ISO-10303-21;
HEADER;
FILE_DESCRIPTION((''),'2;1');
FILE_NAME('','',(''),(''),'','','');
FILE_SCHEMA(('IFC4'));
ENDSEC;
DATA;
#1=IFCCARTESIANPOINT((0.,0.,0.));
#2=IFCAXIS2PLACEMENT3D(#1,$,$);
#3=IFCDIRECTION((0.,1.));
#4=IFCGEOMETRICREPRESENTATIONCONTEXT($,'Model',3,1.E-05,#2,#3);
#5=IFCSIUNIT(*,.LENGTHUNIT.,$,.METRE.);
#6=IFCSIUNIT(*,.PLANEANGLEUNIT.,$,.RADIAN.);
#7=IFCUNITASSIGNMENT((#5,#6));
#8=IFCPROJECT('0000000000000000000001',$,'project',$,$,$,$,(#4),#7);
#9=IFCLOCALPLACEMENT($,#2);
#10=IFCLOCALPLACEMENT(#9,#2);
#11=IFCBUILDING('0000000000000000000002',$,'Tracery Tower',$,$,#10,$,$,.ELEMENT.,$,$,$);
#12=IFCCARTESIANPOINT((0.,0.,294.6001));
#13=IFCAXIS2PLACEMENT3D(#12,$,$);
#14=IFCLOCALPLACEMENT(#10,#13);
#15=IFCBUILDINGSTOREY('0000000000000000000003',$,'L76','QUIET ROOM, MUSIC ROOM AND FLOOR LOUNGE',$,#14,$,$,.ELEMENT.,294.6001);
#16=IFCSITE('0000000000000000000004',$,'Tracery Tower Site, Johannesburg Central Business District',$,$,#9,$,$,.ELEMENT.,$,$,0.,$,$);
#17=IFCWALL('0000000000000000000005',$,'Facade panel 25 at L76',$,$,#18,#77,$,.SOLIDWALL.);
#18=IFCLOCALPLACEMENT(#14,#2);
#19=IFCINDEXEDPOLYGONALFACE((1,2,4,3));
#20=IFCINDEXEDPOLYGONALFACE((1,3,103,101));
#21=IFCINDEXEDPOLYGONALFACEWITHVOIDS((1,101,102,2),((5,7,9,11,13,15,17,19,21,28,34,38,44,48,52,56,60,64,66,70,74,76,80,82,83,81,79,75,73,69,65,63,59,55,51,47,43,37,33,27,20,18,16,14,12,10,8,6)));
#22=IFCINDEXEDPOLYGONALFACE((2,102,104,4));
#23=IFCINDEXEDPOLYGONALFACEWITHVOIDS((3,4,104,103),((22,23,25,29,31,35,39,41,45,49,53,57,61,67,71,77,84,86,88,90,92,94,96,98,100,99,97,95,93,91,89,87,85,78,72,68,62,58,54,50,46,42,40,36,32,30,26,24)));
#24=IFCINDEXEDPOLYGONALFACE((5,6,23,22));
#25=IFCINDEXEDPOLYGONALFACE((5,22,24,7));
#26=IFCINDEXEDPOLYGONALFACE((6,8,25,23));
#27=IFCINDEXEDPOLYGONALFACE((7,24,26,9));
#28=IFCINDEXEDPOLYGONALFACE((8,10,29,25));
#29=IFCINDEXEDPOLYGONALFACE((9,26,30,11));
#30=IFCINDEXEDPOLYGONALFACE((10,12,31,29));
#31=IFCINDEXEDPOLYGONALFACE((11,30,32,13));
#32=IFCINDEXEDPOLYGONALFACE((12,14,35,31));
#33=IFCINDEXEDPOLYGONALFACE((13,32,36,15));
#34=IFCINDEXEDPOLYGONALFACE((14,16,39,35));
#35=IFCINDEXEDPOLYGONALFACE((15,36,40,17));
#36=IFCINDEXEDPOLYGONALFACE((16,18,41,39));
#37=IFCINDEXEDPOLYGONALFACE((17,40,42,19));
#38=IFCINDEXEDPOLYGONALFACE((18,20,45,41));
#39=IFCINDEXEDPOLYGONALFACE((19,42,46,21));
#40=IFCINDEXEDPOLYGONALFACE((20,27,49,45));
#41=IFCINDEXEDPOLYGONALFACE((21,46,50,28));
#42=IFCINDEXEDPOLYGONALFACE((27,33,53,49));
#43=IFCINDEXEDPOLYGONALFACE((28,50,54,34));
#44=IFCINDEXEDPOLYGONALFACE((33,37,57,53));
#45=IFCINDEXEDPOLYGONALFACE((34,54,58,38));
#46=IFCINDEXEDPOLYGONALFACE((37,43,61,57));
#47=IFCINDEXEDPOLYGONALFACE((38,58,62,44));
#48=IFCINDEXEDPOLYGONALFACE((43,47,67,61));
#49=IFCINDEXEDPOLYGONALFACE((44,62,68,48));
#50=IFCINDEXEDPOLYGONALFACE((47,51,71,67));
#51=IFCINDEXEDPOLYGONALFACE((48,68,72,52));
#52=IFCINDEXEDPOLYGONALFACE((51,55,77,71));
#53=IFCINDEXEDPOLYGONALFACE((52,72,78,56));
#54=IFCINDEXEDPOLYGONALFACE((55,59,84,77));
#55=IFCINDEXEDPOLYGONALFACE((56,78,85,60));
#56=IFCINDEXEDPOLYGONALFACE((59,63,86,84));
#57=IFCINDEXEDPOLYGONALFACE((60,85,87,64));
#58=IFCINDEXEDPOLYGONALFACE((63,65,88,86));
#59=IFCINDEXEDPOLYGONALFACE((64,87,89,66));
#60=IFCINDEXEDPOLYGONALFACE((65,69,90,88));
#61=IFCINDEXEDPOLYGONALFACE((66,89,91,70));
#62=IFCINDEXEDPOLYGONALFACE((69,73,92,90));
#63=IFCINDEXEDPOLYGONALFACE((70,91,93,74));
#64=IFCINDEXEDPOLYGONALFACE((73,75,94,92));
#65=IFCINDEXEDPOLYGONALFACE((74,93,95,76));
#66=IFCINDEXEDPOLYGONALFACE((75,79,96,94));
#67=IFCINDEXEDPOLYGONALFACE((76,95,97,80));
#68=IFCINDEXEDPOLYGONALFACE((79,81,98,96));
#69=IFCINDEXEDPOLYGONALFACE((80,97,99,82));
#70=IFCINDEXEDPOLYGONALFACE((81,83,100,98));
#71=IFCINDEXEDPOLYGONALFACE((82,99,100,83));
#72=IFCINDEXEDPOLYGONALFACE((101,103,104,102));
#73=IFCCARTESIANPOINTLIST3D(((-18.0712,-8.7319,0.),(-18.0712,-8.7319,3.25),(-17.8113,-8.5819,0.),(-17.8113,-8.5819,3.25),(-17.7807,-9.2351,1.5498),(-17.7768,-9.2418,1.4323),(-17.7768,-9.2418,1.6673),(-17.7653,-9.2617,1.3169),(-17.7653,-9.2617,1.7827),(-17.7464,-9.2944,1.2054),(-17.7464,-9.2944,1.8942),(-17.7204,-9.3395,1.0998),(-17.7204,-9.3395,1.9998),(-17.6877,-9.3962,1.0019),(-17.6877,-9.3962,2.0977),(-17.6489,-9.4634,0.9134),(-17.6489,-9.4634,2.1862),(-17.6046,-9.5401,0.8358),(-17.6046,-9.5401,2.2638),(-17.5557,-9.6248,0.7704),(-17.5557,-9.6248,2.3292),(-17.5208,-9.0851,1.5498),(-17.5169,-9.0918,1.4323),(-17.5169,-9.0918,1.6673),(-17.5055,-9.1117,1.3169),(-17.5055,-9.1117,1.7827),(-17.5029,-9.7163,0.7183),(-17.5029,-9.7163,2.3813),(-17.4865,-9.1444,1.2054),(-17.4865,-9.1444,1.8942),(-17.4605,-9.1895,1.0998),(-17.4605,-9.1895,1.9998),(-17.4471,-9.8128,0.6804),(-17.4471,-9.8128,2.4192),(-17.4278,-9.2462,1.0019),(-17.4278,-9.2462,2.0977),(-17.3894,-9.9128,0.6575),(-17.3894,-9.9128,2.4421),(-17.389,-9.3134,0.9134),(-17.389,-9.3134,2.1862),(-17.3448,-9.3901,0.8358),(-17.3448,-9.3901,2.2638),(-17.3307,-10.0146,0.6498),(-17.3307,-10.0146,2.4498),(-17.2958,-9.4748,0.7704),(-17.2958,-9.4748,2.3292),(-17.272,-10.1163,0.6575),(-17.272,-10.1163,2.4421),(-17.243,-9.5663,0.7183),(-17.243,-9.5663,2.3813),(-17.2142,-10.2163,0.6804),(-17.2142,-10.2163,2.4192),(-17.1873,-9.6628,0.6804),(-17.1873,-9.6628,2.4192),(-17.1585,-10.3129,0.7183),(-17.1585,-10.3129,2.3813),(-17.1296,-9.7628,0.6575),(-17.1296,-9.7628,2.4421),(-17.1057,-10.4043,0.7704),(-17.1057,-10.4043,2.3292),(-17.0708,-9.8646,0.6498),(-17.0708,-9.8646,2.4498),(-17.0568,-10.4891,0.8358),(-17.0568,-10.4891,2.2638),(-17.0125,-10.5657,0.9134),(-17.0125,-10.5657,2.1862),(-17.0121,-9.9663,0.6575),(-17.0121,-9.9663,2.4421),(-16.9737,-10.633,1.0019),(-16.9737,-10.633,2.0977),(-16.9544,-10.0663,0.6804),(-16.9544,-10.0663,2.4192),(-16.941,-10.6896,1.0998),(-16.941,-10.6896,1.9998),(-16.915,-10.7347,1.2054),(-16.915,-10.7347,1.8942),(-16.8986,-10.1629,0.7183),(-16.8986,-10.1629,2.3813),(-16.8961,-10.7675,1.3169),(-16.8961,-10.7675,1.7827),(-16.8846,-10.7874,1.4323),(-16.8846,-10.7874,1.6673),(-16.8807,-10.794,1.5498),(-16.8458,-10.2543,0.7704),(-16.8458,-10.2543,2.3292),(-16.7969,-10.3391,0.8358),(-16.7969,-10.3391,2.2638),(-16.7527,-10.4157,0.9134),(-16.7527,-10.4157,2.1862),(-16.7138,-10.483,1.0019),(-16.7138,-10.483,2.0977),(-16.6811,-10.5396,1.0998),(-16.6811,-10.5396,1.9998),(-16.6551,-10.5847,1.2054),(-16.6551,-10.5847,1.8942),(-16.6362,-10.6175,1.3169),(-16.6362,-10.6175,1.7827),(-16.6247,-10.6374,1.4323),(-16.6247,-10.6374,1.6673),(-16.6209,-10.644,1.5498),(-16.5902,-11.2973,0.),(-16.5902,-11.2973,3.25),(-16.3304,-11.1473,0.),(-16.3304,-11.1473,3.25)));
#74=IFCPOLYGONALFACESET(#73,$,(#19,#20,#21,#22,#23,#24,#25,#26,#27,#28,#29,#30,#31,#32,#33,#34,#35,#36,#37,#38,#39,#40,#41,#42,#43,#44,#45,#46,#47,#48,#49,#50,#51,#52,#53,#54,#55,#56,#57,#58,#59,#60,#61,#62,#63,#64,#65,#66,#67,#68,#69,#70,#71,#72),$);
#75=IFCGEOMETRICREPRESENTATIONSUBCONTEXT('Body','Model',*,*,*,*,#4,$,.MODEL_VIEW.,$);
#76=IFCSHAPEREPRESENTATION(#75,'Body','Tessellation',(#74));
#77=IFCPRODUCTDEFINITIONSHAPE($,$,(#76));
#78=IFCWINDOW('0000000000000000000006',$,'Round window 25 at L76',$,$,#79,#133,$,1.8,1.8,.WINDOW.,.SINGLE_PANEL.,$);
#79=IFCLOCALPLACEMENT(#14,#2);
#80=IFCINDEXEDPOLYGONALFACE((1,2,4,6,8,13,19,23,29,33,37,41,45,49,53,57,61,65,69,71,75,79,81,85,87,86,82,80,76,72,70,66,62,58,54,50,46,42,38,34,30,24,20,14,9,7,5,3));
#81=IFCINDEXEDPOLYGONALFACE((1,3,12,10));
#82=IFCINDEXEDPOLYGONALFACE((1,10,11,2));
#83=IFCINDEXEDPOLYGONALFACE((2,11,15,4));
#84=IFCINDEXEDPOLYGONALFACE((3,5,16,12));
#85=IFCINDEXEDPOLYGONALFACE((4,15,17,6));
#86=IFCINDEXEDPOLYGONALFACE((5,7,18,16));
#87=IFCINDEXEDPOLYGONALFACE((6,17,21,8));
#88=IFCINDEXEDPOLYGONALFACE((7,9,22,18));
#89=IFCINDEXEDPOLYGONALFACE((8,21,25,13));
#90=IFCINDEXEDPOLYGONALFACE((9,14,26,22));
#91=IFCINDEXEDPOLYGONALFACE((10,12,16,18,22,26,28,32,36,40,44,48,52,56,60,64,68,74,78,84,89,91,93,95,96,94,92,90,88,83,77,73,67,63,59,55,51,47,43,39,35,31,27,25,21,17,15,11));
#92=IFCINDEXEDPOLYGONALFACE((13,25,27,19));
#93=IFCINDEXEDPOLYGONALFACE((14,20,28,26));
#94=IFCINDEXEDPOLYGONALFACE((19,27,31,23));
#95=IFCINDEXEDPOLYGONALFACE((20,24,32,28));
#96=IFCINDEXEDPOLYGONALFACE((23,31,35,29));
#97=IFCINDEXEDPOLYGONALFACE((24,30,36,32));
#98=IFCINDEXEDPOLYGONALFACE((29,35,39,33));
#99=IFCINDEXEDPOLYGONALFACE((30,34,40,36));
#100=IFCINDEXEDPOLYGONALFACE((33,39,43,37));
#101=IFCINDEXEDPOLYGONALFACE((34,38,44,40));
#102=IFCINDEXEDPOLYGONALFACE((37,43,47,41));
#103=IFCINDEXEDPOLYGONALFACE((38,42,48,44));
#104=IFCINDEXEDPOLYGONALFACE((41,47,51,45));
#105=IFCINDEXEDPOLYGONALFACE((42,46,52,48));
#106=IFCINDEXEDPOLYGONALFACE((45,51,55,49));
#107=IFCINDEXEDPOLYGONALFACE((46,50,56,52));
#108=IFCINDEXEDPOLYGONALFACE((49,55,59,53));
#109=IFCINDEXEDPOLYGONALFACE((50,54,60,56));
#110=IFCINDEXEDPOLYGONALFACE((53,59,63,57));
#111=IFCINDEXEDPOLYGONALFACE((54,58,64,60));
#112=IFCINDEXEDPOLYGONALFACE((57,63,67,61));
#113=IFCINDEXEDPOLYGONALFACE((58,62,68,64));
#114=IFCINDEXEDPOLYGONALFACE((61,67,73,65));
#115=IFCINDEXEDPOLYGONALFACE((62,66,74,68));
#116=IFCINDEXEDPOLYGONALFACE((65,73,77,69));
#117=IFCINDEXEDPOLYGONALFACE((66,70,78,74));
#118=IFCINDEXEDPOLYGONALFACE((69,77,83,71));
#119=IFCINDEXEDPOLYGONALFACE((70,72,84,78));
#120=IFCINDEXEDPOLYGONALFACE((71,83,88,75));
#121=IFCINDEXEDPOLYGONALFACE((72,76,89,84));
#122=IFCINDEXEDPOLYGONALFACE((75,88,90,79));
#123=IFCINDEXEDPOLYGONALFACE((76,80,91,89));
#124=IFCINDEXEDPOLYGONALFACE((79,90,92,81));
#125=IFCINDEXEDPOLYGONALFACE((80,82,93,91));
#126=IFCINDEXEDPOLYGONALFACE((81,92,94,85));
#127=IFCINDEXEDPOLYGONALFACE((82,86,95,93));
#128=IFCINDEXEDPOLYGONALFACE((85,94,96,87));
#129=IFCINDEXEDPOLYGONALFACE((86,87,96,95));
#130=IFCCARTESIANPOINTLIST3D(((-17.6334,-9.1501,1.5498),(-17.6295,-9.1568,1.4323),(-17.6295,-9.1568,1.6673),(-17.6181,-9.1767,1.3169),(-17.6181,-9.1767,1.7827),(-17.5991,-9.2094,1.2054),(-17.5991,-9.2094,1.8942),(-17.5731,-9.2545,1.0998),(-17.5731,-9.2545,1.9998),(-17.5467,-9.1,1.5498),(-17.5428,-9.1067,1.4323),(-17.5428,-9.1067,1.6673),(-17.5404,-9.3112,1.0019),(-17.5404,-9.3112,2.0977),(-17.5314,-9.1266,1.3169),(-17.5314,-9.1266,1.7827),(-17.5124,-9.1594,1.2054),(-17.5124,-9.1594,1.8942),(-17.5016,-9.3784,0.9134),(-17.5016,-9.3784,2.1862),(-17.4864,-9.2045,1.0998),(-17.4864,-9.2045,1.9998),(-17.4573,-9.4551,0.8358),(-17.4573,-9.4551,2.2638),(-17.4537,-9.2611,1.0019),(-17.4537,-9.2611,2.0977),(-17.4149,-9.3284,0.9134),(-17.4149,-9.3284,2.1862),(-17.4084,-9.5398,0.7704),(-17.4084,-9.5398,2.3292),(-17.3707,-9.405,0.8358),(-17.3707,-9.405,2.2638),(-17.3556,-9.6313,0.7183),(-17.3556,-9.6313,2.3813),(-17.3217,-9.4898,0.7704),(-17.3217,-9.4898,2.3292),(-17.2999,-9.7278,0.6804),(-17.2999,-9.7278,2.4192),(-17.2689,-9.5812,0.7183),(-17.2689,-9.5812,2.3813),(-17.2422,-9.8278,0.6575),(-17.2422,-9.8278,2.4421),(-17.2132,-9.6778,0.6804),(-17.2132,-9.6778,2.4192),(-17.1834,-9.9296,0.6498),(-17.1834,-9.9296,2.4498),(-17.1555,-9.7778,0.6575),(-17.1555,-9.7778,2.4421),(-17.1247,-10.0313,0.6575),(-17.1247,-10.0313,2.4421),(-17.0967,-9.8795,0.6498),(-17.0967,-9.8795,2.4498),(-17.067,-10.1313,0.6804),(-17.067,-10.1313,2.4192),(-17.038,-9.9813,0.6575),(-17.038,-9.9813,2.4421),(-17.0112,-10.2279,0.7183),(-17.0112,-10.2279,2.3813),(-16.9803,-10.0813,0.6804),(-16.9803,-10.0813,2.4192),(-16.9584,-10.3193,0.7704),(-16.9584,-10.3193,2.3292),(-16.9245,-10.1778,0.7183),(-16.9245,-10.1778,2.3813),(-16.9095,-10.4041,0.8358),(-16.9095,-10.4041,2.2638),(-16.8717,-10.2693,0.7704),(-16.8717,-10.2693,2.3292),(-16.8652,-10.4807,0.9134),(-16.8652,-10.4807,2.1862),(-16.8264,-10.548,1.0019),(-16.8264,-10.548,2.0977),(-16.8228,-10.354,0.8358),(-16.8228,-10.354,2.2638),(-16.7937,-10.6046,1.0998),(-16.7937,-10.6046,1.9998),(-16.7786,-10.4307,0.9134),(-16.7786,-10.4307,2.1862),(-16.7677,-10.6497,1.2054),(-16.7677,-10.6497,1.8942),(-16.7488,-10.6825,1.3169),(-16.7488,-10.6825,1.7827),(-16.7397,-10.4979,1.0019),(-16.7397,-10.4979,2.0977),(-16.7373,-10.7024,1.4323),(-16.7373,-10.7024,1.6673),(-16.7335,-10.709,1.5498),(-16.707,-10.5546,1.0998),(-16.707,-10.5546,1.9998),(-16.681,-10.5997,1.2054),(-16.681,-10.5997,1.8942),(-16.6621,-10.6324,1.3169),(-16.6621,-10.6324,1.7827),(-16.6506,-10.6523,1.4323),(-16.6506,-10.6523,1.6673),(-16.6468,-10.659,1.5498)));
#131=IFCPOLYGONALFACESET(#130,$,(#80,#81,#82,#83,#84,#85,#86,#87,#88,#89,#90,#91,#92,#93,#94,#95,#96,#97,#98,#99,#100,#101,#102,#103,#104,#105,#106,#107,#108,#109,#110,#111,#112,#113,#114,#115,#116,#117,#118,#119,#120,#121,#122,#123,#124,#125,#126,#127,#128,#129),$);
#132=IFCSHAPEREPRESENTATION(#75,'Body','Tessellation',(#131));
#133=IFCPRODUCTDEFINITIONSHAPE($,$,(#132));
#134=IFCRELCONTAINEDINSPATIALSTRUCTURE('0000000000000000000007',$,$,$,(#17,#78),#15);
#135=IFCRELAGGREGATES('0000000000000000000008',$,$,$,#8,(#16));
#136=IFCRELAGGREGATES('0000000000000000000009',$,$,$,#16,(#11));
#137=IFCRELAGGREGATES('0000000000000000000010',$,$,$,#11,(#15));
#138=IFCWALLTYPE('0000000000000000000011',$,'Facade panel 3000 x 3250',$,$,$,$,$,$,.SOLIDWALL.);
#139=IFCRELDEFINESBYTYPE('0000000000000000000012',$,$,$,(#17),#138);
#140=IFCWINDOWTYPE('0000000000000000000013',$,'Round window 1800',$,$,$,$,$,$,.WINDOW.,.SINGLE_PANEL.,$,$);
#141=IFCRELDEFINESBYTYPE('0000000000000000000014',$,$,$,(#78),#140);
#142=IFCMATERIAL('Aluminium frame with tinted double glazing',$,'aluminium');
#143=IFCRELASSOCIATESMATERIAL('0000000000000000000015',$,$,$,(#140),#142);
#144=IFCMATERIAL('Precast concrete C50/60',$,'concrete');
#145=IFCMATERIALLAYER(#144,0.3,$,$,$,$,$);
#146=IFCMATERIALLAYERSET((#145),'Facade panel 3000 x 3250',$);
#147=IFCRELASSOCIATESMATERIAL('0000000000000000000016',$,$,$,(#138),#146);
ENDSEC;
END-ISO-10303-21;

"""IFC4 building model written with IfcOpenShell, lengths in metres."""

from ifc_helpers import new_model, si_unit, direction, frame, frame_2d, origin, origin_2d, place, context, subcontext, project, spatial, rectangle, circle, extrude, material, layer, layer_set, type_object, element, fill, save


model = new_model("IFC4")

# Units and contexts
model_context = context("Model", 3, precision=1e-05, world=origin(), true_north=direction((0.0, 1.0)))
body_context = subcontext(model_context, "Body", "Model", "MODEL_VIEW")
ifc_project = project(units=[si_unit("LENGTHUNIT", "METRE"), si_unit("PLANEANGLEUNIT", "RADIAN")], contexts=[model_context])

# Site, building, storey
site_placement = place(None, origin())
site = spatial("IfcSite", under=ifc_project, at=site_placement, Name="Tracery Tower Site, Johannesburg Central Business District", CompositionType="ELEMENT", RefElevation=0.0)
building_placement = place(site_placement, origin())
building = spatial("IfcBuilding", under=site, at=building_placement, Name="Tracery Tower", CompositionType="ELEMENT")
storey_placement = place(building_placement, frame((0.0, 0.0, 294.6001)))
storey = spatial("IfcBuildingStorey", under=building, at=storey_placement, Name="L76", Description="QUIET ROOM, MUSIC ROOM AND FLOOR LOUNGE", CompositionType="ELEMENT", Elevation=294.6001)

# Wall, opening, window
ifc_material_1 = material(Name="Aluminium frame with tinted double glazing", Category="aluminium")
window_type = type_object("IfcWindowType", Name="Round window 1800", PartitioningType="SINGLE_PANEL", PredefinedType="WINDOW", material=ifc_material_1)
ifc_material_2 = material(Name="Precast concrete C50/60", Category="concrete")
ifc_layer_1 = layer(ifc_material_2, 0.3)
ifc_layer_set_1 = layer_set([ifc_layer_1], Name="Facade panel 3000 x 3250")
wall_type_1 = type_object("IfcWallType", Name="Facade panel 3000 x 3250", PredefinedType="SOLIDWALL", material=ifc_layer_set_1)
wall_1_placement = place(storey_placement, frame((-17.9412, -8.657, 0.0), z_axis=(0.0, 0.0, 1.0), x_axis=(0.499951, -0.866054, 0.0)))
wall_1 = element("IfcWall", 1, at=wall_1_placement, inside=storey, type_object=wall_type_1, Name="Facade panel 25 at L76", PredefinedType="SOLIDWALL", context=body_context, shape_type="SweptSolid", body=[
    extrude(rectangle(XDim=2.9622, YDim=0.3, at=frame_2d((1.481, 0.0))), origin(), (0.0, 0.0, 1.0), 3.25),
])
opening_1_placement = place(wall_1_placement, frame((1.481, 0.0, 1.5498)))
opening_1 = element("IfcOpeningElement", 2, at=opening_1_placement, cuts=wall_1, PredefinedType="OPENING", context=body_context, shape_type="SweptSolid", body=[
    extrude(circle(Radius=0.9, at=origin_2d()), frame((0.0, 0.1599, 0.0), z_axis=(0.0, -1.0, 0.0), x_axis=(1.0, 0.0, 0.0)), (0.0, 0.0, 1.0), 0.3201),
])
window_1_placement = place(opening_1_placement, origin())
window_1 = element("IfcWindow", 3, at=window_1_placement, inside=storey, type_object=window_type, Name="Round window 25 at L76", OverallHeight=1.8, OverallWidth=1.8, PartitioningType="SINGLE_PANEL", PredefinedType="WINDOW", context=body_context, shape_type="SweptSolid", body=[
    extrude(circle(Radius=0.9, at=origin_2d()), frame((0.0, 0.1201, 0.0), z_axis=(0.0, -1.0, 0.0), x_axis=(1.0, 0.0, 0.0)), (0.0, 0.0, 1.0), 0.1001),
])
fill(opening_1, window_1)

save(model, "model.ifc")
